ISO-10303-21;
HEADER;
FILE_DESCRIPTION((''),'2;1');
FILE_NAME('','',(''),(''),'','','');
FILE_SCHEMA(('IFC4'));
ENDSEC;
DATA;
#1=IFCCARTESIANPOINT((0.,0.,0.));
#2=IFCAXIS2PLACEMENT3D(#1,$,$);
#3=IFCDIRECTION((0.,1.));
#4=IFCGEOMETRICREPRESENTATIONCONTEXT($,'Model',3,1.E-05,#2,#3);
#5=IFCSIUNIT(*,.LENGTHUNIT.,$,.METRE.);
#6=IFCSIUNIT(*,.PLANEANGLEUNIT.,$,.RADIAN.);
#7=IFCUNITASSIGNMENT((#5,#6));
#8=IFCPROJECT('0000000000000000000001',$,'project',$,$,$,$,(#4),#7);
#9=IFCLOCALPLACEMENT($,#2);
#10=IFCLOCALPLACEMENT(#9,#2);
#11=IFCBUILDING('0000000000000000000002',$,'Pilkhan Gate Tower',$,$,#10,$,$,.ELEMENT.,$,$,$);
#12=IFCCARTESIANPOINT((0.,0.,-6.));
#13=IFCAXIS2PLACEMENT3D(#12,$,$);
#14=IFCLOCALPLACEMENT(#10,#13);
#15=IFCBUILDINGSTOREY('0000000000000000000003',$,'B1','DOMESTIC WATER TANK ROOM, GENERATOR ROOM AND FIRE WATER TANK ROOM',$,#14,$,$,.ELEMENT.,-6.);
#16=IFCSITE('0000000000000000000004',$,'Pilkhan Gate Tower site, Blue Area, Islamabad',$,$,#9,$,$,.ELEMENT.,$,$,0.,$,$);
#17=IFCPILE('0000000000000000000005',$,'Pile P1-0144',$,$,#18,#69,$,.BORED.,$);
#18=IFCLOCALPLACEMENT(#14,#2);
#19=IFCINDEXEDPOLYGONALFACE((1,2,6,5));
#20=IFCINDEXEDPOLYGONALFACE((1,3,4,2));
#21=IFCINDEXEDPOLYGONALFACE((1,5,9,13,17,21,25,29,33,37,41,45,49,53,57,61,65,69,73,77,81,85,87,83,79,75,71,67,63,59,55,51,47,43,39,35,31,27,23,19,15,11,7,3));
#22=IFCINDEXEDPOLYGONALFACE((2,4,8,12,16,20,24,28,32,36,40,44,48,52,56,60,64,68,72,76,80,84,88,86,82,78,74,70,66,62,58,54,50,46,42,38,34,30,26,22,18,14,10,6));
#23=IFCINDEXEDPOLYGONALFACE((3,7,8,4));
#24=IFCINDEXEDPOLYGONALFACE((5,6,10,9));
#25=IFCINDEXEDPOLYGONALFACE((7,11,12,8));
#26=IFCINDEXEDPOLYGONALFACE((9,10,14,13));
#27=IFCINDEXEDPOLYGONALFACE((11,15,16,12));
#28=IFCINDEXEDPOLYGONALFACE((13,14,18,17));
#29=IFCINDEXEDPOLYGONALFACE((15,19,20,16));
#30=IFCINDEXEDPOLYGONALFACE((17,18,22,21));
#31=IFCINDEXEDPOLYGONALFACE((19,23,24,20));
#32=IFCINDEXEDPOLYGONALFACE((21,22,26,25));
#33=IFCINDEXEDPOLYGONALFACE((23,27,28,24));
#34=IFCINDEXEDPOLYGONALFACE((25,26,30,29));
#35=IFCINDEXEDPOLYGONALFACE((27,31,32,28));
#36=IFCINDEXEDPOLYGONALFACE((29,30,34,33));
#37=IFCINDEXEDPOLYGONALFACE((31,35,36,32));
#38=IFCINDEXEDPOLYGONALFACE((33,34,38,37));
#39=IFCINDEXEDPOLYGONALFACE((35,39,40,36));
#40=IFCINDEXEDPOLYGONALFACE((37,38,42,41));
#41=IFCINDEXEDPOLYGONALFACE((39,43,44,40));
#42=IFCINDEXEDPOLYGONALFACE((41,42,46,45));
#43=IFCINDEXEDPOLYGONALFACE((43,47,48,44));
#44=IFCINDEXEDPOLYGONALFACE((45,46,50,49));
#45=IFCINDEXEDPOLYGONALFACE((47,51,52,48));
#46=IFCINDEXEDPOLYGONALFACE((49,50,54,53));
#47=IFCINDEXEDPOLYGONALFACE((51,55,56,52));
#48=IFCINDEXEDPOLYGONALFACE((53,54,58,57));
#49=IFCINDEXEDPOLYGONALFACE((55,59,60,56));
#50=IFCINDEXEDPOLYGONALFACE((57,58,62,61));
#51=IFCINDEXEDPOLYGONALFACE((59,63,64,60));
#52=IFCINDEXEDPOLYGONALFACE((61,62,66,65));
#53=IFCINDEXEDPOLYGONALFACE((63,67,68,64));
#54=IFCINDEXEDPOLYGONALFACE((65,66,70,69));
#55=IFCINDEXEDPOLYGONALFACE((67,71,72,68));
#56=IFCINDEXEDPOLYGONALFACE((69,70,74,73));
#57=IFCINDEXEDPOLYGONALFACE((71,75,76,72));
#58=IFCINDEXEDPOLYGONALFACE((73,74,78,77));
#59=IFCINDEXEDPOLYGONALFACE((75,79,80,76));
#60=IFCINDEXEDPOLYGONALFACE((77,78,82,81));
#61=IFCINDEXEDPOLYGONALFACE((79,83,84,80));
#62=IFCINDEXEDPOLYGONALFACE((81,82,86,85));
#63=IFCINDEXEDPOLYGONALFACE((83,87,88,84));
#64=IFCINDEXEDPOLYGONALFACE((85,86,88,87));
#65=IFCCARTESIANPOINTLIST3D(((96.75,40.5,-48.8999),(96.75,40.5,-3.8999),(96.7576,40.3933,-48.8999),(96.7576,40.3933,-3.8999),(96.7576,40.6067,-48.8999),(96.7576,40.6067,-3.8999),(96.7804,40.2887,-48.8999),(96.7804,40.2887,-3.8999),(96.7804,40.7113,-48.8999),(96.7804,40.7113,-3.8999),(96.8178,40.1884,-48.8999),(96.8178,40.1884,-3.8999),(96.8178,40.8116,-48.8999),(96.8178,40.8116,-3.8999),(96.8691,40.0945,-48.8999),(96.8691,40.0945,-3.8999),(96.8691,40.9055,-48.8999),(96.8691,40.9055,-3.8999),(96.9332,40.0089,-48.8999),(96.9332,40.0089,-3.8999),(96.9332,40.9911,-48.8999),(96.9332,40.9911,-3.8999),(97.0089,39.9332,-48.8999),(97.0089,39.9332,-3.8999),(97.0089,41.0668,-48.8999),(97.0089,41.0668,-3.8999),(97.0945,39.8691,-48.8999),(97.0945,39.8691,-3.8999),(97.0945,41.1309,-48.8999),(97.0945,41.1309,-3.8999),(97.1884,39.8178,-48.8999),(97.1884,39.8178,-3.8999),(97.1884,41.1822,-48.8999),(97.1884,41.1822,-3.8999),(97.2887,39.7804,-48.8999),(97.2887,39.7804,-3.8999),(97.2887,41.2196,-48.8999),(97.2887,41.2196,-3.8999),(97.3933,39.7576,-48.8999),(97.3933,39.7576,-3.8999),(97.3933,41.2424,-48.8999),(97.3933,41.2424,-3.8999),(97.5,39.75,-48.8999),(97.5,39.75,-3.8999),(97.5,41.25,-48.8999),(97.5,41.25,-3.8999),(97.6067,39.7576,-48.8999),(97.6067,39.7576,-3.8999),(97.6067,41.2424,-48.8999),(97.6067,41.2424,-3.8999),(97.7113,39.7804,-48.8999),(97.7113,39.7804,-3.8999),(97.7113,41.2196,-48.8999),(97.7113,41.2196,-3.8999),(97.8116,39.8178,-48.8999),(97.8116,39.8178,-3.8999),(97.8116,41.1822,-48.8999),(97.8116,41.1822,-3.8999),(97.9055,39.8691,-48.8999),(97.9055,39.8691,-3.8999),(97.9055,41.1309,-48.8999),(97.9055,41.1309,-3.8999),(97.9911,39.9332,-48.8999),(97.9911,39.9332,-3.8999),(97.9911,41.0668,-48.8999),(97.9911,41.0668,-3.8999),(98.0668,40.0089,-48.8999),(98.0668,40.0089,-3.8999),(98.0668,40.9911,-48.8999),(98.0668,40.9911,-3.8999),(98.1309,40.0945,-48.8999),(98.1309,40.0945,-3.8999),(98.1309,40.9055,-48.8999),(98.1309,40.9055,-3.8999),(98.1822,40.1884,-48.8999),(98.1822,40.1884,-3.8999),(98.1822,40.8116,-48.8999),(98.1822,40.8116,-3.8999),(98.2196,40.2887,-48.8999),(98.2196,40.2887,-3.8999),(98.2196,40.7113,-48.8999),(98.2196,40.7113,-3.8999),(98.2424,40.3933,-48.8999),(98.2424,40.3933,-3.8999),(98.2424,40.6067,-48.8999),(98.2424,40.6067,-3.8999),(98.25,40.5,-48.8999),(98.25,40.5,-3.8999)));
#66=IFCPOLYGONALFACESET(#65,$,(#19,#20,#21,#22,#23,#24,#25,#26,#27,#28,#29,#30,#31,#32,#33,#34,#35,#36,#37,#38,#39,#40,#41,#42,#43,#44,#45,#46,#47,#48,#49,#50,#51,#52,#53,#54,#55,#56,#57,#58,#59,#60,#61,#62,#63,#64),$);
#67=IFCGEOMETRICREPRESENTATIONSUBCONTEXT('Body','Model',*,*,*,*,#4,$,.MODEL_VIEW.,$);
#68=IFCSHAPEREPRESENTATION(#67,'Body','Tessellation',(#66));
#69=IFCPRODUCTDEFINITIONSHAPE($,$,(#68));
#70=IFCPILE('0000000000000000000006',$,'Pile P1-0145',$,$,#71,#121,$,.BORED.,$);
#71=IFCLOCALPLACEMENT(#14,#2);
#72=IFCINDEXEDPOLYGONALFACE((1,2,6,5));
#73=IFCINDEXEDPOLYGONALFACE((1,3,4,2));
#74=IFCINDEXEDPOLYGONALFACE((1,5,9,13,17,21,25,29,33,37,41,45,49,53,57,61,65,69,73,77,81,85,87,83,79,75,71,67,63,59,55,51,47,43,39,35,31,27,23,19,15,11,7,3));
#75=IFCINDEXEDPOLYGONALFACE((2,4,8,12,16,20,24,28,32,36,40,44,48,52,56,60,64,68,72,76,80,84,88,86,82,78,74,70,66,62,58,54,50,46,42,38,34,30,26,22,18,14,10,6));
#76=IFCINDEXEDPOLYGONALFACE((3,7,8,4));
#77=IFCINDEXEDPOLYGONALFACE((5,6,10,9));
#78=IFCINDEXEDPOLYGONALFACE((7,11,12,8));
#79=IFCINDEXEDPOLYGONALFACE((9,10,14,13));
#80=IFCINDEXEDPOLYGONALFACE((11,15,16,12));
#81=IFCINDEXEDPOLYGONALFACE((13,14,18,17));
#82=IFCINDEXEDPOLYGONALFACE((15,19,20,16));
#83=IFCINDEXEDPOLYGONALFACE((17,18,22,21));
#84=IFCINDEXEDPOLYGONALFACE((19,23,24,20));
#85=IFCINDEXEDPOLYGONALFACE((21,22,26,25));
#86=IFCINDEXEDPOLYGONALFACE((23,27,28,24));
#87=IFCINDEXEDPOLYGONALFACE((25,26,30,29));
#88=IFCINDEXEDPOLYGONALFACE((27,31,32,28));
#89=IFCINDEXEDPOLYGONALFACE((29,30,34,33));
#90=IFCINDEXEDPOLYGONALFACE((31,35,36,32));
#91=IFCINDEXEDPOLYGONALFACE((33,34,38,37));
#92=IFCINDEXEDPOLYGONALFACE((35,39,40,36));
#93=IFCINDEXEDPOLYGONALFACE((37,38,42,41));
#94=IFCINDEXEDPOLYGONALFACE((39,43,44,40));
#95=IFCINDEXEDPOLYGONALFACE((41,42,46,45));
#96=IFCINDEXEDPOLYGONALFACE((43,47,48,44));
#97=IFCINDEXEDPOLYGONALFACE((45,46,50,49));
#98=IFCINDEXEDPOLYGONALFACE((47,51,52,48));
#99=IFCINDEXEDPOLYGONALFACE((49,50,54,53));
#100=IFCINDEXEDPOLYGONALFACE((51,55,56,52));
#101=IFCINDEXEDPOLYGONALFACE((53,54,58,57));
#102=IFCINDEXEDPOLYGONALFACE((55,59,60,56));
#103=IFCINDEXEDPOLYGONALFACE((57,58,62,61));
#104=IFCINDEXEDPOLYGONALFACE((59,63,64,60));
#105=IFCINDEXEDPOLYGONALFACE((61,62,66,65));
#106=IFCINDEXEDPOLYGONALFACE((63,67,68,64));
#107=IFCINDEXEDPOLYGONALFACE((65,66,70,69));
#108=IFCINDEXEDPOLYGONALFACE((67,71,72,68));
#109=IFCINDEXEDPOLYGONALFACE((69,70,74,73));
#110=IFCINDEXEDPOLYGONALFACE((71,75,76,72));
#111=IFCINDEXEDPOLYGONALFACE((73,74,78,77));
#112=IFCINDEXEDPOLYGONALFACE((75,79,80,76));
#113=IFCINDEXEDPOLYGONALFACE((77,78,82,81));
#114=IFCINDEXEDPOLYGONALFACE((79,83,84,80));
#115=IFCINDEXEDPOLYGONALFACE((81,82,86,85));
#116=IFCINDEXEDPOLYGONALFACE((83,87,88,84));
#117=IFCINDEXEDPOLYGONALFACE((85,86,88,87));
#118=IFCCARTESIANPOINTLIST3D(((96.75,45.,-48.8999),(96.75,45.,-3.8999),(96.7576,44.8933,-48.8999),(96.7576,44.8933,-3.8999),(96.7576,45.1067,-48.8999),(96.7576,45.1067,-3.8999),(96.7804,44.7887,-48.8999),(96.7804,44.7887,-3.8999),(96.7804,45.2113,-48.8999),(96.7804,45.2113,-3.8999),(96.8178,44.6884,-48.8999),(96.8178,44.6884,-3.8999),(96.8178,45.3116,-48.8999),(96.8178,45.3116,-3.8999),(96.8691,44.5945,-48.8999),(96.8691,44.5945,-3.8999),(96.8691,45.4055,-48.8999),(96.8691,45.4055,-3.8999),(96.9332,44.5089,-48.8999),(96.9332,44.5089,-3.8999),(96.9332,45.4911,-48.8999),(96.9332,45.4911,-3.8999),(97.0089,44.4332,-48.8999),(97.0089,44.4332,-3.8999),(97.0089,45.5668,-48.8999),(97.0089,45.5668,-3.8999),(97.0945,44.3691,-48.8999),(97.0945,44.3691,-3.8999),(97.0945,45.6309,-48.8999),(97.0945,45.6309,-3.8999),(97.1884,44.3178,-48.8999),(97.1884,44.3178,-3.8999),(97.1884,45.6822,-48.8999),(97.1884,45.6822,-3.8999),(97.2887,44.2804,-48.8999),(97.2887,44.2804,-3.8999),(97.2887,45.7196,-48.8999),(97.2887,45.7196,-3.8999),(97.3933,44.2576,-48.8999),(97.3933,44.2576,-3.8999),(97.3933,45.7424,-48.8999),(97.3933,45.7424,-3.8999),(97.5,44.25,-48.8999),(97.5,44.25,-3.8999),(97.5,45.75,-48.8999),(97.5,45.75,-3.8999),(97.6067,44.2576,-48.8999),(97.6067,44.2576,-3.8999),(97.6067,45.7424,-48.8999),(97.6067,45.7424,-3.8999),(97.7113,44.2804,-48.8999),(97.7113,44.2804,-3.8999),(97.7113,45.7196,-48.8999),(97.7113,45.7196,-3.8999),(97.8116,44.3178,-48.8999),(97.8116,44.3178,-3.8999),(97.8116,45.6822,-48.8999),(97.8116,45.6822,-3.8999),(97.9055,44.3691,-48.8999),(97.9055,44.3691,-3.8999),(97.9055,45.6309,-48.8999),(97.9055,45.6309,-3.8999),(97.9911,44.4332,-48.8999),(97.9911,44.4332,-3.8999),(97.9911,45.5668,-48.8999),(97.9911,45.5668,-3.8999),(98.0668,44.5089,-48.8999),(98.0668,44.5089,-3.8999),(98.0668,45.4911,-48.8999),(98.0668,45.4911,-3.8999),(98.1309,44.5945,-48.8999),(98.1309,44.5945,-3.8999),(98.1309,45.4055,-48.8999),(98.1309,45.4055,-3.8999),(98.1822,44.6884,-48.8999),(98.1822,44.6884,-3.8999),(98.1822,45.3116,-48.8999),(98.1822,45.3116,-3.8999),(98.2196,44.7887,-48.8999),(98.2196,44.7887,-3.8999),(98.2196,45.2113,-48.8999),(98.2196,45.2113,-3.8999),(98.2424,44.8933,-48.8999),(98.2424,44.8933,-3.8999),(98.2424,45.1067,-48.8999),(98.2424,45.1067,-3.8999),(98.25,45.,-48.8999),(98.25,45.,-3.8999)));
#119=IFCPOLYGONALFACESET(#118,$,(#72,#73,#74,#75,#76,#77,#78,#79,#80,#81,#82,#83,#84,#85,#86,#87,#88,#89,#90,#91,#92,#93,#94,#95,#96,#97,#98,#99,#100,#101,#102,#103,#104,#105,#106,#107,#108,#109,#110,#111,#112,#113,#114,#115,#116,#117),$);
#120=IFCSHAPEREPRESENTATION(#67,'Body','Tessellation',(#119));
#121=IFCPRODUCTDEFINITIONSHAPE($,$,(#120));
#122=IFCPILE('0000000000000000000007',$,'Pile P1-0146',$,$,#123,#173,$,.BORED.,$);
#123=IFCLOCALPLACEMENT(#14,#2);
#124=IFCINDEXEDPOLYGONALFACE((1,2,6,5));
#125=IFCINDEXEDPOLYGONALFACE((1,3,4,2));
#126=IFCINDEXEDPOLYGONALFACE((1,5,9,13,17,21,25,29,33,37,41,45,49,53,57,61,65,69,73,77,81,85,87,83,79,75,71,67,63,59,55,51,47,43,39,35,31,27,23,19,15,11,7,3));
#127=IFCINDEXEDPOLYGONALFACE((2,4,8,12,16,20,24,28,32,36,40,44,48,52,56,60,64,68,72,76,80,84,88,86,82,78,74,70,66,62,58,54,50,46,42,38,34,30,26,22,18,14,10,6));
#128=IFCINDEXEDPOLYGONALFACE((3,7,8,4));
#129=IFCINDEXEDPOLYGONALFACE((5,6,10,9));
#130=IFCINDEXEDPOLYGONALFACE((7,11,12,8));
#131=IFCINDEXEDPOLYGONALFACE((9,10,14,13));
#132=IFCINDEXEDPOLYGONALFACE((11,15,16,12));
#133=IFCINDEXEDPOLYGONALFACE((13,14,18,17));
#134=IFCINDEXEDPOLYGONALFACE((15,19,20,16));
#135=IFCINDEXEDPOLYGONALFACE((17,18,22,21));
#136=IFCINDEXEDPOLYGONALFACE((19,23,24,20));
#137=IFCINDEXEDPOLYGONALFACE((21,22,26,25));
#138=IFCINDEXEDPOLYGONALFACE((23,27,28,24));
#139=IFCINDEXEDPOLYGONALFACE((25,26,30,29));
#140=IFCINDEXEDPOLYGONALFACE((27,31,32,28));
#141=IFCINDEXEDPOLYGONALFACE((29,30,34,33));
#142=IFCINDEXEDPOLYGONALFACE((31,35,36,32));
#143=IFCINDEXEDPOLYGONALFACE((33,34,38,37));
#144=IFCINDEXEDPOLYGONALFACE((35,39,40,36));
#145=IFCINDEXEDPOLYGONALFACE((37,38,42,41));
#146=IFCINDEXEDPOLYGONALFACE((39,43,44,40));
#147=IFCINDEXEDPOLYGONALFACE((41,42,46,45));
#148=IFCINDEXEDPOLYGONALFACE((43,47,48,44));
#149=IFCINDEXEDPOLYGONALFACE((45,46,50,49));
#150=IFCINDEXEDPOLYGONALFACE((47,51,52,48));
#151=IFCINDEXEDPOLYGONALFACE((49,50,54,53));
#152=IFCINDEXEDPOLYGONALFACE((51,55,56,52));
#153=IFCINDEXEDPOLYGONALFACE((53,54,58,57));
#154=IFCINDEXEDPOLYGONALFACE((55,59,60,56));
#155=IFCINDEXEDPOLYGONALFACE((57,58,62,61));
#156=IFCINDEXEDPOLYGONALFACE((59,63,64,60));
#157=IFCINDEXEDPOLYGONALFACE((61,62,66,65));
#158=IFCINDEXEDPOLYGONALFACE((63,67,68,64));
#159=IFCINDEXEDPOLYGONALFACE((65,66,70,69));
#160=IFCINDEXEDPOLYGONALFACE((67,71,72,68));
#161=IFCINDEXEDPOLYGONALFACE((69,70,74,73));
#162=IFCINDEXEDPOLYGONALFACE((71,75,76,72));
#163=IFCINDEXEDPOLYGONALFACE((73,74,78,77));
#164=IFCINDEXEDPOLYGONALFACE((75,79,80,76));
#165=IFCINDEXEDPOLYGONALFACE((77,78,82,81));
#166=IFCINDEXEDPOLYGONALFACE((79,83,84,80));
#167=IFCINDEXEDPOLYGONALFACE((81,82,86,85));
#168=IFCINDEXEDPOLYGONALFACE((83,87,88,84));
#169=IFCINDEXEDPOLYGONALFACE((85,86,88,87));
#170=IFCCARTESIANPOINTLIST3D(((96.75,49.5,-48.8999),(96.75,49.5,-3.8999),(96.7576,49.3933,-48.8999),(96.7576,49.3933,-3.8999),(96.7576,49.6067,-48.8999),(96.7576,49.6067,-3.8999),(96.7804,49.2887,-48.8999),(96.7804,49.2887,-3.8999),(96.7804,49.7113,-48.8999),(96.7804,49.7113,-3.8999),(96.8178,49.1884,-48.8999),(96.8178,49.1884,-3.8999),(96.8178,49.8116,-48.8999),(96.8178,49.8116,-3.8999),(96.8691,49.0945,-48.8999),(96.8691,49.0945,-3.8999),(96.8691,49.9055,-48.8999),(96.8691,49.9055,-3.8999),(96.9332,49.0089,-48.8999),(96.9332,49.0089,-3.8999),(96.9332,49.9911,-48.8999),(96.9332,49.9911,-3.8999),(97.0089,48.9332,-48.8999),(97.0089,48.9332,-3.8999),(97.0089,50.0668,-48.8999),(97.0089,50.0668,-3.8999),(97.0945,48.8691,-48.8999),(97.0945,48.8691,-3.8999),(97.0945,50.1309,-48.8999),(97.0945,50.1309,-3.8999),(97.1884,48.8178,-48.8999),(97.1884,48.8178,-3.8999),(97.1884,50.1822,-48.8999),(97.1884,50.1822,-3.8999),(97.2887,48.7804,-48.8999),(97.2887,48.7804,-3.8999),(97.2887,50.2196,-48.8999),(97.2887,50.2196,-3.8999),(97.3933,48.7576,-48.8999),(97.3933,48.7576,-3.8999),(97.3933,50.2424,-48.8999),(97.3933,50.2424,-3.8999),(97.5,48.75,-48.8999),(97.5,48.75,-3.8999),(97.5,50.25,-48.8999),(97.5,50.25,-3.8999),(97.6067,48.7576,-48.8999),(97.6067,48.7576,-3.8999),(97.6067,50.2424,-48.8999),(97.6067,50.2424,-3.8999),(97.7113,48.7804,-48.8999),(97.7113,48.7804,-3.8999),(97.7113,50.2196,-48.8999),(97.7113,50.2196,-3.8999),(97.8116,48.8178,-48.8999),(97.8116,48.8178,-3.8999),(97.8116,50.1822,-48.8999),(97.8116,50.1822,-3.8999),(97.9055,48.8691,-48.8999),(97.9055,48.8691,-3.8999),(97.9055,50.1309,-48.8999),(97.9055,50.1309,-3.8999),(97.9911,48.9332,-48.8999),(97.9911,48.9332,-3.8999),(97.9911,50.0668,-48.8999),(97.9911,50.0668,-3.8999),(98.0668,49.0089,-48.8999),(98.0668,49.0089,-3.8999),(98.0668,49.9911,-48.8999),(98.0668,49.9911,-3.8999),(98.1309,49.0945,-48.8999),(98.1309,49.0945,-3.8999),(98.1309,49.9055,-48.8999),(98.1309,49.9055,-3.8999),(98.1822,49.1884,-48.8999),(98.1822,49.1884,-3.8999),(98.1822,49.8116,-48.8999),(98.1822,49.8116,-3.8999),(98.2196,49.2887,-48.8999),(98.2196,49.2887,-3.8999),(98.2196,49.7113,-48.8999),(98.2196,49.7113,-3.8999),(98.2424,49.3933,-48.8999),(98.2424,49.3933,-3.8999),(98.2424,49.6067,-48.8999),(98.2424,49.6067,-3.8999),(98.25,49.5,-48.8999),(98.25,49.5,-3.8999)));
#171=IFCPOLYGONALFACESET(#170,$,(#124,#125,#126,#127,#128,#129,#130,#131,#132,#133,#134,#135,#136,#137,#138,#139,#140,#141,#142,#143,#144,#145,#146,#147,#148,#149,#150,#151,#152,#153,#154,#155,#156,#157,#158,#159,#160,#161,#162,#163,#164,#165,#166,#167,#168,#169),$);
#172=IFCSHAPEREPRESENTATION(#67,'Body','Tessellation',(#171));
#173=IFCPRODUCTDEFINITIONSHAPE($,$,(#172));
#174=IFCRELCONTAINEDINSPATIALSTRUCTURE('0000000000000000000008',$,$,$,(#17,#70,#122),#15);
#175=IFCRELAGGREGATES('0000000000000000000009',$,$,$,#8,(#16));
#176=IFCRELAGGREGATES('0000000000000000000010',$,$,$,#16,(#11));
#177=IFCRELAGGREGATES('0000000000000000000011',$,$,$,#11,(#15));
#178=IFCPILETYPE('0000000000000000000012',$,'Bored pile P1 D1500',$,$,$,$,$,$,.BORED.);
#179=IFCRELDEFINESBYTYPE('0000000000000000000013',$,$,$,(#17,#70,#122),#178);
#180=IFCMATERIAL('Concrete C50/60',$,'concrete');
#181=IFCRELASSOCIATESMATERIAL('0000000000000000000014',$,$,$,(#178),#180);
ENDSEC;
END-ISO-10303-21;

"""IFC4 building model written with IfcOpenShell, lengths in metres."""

from ifc_helpers import new_model, si_unit, direction, frame, origin, origin_2d, place, context, subcontext, project, spatial, circle, extrude, material, material_profile, profile_set, type_object, element, save


model = new_model("IFC4")

# Units and contexts
model_context = context("Model", 3, precision=1e-05, world=origin(), true_north=direction((0.0, 1.0)))
body_context = subcontext(model_context, "Body", "Model", "MODEL_VIEW")
ifc_project = project(units=[si_unit("LENGTHUNIT", "METRE"), si_unit("PLANEANGLEUNIT", "RADIAN")], contexts=[model_context])

# Site, building, storey
site_placement = place(None, origin())
site = spatial("IfcSite", under=ifc_project, at=site_placement, Name="Pilkhan Gate Tower site, Blue Area, Islamabad", CompositionType="ELEMENT", RefElevation=0.0)
building_placement = place(site_placement, origin())
building = spatial("IfcBuilding", under=site, at=building_placement, Name="Pilkhan Gate Tower", CompositionType="ELEMENT")
storey_placement = place(building_placement, frame((0.0, 0.0, -6.0)))
storey = spatial("IfcBuildingStorey", under=building, at=storey_placement, Name="B1", Description="DOMESTIC WATER TANK ROOM, GENERATOR ROOM AND FIRE WATER TANK ROOM", CompositionType="ELEMENT", Elevation=-6.0)

# Piles
ifc_material_1 = material(Name="Concrete C50/60", Category="concrete")
ifc_material_profile_1 = material_profile(ifc_material_1, circle(Radius=0.75, at=origin_2d()), Name="Bored pile 1500 dia")
ifc_profile_set_1 = profile_set([ifc_material_profile_1], Name="Concrete C50/60")
pile_type = type_object("IfcPileType", Name="Bored pile P1 D1500", PredefinedType="BORED", material=ifc_profile_set_1)
for number, where, z_axis, x_axis, name in (
    (1, (97.5, 40.5, -3.8999), (0.0, 0.0, -1.0), (1.0, 0.0, 0.0), "Pile P1-0144"),
    (2, (97.5, 45.0, -3.8999), (0.0, 0.0, -1.0), (1.0, 0.0, 0.0), "Pile P1-0145"),
    (3, (97.5, 49.5, -3.8999), (0.0, 0.0, -1.0), (1.0, 0.0, 0.0), "Pile P1-0146"),
):
    element("IfcPile", number, at=place(storey_placement, frame(where, z_axis=z_axis, x_axis=x_axis)), inside=storey, type_object=pile_type, Name=name, PredefinedType="BORED", context=body_context, shape_type="SweptSolid", body=[
        extrude(circle(Radius=0.75, at=origin_2d()), origin(), (0.0, 0.0, 1.0), 45.0),
    ])

save(model, "model.ifc")
